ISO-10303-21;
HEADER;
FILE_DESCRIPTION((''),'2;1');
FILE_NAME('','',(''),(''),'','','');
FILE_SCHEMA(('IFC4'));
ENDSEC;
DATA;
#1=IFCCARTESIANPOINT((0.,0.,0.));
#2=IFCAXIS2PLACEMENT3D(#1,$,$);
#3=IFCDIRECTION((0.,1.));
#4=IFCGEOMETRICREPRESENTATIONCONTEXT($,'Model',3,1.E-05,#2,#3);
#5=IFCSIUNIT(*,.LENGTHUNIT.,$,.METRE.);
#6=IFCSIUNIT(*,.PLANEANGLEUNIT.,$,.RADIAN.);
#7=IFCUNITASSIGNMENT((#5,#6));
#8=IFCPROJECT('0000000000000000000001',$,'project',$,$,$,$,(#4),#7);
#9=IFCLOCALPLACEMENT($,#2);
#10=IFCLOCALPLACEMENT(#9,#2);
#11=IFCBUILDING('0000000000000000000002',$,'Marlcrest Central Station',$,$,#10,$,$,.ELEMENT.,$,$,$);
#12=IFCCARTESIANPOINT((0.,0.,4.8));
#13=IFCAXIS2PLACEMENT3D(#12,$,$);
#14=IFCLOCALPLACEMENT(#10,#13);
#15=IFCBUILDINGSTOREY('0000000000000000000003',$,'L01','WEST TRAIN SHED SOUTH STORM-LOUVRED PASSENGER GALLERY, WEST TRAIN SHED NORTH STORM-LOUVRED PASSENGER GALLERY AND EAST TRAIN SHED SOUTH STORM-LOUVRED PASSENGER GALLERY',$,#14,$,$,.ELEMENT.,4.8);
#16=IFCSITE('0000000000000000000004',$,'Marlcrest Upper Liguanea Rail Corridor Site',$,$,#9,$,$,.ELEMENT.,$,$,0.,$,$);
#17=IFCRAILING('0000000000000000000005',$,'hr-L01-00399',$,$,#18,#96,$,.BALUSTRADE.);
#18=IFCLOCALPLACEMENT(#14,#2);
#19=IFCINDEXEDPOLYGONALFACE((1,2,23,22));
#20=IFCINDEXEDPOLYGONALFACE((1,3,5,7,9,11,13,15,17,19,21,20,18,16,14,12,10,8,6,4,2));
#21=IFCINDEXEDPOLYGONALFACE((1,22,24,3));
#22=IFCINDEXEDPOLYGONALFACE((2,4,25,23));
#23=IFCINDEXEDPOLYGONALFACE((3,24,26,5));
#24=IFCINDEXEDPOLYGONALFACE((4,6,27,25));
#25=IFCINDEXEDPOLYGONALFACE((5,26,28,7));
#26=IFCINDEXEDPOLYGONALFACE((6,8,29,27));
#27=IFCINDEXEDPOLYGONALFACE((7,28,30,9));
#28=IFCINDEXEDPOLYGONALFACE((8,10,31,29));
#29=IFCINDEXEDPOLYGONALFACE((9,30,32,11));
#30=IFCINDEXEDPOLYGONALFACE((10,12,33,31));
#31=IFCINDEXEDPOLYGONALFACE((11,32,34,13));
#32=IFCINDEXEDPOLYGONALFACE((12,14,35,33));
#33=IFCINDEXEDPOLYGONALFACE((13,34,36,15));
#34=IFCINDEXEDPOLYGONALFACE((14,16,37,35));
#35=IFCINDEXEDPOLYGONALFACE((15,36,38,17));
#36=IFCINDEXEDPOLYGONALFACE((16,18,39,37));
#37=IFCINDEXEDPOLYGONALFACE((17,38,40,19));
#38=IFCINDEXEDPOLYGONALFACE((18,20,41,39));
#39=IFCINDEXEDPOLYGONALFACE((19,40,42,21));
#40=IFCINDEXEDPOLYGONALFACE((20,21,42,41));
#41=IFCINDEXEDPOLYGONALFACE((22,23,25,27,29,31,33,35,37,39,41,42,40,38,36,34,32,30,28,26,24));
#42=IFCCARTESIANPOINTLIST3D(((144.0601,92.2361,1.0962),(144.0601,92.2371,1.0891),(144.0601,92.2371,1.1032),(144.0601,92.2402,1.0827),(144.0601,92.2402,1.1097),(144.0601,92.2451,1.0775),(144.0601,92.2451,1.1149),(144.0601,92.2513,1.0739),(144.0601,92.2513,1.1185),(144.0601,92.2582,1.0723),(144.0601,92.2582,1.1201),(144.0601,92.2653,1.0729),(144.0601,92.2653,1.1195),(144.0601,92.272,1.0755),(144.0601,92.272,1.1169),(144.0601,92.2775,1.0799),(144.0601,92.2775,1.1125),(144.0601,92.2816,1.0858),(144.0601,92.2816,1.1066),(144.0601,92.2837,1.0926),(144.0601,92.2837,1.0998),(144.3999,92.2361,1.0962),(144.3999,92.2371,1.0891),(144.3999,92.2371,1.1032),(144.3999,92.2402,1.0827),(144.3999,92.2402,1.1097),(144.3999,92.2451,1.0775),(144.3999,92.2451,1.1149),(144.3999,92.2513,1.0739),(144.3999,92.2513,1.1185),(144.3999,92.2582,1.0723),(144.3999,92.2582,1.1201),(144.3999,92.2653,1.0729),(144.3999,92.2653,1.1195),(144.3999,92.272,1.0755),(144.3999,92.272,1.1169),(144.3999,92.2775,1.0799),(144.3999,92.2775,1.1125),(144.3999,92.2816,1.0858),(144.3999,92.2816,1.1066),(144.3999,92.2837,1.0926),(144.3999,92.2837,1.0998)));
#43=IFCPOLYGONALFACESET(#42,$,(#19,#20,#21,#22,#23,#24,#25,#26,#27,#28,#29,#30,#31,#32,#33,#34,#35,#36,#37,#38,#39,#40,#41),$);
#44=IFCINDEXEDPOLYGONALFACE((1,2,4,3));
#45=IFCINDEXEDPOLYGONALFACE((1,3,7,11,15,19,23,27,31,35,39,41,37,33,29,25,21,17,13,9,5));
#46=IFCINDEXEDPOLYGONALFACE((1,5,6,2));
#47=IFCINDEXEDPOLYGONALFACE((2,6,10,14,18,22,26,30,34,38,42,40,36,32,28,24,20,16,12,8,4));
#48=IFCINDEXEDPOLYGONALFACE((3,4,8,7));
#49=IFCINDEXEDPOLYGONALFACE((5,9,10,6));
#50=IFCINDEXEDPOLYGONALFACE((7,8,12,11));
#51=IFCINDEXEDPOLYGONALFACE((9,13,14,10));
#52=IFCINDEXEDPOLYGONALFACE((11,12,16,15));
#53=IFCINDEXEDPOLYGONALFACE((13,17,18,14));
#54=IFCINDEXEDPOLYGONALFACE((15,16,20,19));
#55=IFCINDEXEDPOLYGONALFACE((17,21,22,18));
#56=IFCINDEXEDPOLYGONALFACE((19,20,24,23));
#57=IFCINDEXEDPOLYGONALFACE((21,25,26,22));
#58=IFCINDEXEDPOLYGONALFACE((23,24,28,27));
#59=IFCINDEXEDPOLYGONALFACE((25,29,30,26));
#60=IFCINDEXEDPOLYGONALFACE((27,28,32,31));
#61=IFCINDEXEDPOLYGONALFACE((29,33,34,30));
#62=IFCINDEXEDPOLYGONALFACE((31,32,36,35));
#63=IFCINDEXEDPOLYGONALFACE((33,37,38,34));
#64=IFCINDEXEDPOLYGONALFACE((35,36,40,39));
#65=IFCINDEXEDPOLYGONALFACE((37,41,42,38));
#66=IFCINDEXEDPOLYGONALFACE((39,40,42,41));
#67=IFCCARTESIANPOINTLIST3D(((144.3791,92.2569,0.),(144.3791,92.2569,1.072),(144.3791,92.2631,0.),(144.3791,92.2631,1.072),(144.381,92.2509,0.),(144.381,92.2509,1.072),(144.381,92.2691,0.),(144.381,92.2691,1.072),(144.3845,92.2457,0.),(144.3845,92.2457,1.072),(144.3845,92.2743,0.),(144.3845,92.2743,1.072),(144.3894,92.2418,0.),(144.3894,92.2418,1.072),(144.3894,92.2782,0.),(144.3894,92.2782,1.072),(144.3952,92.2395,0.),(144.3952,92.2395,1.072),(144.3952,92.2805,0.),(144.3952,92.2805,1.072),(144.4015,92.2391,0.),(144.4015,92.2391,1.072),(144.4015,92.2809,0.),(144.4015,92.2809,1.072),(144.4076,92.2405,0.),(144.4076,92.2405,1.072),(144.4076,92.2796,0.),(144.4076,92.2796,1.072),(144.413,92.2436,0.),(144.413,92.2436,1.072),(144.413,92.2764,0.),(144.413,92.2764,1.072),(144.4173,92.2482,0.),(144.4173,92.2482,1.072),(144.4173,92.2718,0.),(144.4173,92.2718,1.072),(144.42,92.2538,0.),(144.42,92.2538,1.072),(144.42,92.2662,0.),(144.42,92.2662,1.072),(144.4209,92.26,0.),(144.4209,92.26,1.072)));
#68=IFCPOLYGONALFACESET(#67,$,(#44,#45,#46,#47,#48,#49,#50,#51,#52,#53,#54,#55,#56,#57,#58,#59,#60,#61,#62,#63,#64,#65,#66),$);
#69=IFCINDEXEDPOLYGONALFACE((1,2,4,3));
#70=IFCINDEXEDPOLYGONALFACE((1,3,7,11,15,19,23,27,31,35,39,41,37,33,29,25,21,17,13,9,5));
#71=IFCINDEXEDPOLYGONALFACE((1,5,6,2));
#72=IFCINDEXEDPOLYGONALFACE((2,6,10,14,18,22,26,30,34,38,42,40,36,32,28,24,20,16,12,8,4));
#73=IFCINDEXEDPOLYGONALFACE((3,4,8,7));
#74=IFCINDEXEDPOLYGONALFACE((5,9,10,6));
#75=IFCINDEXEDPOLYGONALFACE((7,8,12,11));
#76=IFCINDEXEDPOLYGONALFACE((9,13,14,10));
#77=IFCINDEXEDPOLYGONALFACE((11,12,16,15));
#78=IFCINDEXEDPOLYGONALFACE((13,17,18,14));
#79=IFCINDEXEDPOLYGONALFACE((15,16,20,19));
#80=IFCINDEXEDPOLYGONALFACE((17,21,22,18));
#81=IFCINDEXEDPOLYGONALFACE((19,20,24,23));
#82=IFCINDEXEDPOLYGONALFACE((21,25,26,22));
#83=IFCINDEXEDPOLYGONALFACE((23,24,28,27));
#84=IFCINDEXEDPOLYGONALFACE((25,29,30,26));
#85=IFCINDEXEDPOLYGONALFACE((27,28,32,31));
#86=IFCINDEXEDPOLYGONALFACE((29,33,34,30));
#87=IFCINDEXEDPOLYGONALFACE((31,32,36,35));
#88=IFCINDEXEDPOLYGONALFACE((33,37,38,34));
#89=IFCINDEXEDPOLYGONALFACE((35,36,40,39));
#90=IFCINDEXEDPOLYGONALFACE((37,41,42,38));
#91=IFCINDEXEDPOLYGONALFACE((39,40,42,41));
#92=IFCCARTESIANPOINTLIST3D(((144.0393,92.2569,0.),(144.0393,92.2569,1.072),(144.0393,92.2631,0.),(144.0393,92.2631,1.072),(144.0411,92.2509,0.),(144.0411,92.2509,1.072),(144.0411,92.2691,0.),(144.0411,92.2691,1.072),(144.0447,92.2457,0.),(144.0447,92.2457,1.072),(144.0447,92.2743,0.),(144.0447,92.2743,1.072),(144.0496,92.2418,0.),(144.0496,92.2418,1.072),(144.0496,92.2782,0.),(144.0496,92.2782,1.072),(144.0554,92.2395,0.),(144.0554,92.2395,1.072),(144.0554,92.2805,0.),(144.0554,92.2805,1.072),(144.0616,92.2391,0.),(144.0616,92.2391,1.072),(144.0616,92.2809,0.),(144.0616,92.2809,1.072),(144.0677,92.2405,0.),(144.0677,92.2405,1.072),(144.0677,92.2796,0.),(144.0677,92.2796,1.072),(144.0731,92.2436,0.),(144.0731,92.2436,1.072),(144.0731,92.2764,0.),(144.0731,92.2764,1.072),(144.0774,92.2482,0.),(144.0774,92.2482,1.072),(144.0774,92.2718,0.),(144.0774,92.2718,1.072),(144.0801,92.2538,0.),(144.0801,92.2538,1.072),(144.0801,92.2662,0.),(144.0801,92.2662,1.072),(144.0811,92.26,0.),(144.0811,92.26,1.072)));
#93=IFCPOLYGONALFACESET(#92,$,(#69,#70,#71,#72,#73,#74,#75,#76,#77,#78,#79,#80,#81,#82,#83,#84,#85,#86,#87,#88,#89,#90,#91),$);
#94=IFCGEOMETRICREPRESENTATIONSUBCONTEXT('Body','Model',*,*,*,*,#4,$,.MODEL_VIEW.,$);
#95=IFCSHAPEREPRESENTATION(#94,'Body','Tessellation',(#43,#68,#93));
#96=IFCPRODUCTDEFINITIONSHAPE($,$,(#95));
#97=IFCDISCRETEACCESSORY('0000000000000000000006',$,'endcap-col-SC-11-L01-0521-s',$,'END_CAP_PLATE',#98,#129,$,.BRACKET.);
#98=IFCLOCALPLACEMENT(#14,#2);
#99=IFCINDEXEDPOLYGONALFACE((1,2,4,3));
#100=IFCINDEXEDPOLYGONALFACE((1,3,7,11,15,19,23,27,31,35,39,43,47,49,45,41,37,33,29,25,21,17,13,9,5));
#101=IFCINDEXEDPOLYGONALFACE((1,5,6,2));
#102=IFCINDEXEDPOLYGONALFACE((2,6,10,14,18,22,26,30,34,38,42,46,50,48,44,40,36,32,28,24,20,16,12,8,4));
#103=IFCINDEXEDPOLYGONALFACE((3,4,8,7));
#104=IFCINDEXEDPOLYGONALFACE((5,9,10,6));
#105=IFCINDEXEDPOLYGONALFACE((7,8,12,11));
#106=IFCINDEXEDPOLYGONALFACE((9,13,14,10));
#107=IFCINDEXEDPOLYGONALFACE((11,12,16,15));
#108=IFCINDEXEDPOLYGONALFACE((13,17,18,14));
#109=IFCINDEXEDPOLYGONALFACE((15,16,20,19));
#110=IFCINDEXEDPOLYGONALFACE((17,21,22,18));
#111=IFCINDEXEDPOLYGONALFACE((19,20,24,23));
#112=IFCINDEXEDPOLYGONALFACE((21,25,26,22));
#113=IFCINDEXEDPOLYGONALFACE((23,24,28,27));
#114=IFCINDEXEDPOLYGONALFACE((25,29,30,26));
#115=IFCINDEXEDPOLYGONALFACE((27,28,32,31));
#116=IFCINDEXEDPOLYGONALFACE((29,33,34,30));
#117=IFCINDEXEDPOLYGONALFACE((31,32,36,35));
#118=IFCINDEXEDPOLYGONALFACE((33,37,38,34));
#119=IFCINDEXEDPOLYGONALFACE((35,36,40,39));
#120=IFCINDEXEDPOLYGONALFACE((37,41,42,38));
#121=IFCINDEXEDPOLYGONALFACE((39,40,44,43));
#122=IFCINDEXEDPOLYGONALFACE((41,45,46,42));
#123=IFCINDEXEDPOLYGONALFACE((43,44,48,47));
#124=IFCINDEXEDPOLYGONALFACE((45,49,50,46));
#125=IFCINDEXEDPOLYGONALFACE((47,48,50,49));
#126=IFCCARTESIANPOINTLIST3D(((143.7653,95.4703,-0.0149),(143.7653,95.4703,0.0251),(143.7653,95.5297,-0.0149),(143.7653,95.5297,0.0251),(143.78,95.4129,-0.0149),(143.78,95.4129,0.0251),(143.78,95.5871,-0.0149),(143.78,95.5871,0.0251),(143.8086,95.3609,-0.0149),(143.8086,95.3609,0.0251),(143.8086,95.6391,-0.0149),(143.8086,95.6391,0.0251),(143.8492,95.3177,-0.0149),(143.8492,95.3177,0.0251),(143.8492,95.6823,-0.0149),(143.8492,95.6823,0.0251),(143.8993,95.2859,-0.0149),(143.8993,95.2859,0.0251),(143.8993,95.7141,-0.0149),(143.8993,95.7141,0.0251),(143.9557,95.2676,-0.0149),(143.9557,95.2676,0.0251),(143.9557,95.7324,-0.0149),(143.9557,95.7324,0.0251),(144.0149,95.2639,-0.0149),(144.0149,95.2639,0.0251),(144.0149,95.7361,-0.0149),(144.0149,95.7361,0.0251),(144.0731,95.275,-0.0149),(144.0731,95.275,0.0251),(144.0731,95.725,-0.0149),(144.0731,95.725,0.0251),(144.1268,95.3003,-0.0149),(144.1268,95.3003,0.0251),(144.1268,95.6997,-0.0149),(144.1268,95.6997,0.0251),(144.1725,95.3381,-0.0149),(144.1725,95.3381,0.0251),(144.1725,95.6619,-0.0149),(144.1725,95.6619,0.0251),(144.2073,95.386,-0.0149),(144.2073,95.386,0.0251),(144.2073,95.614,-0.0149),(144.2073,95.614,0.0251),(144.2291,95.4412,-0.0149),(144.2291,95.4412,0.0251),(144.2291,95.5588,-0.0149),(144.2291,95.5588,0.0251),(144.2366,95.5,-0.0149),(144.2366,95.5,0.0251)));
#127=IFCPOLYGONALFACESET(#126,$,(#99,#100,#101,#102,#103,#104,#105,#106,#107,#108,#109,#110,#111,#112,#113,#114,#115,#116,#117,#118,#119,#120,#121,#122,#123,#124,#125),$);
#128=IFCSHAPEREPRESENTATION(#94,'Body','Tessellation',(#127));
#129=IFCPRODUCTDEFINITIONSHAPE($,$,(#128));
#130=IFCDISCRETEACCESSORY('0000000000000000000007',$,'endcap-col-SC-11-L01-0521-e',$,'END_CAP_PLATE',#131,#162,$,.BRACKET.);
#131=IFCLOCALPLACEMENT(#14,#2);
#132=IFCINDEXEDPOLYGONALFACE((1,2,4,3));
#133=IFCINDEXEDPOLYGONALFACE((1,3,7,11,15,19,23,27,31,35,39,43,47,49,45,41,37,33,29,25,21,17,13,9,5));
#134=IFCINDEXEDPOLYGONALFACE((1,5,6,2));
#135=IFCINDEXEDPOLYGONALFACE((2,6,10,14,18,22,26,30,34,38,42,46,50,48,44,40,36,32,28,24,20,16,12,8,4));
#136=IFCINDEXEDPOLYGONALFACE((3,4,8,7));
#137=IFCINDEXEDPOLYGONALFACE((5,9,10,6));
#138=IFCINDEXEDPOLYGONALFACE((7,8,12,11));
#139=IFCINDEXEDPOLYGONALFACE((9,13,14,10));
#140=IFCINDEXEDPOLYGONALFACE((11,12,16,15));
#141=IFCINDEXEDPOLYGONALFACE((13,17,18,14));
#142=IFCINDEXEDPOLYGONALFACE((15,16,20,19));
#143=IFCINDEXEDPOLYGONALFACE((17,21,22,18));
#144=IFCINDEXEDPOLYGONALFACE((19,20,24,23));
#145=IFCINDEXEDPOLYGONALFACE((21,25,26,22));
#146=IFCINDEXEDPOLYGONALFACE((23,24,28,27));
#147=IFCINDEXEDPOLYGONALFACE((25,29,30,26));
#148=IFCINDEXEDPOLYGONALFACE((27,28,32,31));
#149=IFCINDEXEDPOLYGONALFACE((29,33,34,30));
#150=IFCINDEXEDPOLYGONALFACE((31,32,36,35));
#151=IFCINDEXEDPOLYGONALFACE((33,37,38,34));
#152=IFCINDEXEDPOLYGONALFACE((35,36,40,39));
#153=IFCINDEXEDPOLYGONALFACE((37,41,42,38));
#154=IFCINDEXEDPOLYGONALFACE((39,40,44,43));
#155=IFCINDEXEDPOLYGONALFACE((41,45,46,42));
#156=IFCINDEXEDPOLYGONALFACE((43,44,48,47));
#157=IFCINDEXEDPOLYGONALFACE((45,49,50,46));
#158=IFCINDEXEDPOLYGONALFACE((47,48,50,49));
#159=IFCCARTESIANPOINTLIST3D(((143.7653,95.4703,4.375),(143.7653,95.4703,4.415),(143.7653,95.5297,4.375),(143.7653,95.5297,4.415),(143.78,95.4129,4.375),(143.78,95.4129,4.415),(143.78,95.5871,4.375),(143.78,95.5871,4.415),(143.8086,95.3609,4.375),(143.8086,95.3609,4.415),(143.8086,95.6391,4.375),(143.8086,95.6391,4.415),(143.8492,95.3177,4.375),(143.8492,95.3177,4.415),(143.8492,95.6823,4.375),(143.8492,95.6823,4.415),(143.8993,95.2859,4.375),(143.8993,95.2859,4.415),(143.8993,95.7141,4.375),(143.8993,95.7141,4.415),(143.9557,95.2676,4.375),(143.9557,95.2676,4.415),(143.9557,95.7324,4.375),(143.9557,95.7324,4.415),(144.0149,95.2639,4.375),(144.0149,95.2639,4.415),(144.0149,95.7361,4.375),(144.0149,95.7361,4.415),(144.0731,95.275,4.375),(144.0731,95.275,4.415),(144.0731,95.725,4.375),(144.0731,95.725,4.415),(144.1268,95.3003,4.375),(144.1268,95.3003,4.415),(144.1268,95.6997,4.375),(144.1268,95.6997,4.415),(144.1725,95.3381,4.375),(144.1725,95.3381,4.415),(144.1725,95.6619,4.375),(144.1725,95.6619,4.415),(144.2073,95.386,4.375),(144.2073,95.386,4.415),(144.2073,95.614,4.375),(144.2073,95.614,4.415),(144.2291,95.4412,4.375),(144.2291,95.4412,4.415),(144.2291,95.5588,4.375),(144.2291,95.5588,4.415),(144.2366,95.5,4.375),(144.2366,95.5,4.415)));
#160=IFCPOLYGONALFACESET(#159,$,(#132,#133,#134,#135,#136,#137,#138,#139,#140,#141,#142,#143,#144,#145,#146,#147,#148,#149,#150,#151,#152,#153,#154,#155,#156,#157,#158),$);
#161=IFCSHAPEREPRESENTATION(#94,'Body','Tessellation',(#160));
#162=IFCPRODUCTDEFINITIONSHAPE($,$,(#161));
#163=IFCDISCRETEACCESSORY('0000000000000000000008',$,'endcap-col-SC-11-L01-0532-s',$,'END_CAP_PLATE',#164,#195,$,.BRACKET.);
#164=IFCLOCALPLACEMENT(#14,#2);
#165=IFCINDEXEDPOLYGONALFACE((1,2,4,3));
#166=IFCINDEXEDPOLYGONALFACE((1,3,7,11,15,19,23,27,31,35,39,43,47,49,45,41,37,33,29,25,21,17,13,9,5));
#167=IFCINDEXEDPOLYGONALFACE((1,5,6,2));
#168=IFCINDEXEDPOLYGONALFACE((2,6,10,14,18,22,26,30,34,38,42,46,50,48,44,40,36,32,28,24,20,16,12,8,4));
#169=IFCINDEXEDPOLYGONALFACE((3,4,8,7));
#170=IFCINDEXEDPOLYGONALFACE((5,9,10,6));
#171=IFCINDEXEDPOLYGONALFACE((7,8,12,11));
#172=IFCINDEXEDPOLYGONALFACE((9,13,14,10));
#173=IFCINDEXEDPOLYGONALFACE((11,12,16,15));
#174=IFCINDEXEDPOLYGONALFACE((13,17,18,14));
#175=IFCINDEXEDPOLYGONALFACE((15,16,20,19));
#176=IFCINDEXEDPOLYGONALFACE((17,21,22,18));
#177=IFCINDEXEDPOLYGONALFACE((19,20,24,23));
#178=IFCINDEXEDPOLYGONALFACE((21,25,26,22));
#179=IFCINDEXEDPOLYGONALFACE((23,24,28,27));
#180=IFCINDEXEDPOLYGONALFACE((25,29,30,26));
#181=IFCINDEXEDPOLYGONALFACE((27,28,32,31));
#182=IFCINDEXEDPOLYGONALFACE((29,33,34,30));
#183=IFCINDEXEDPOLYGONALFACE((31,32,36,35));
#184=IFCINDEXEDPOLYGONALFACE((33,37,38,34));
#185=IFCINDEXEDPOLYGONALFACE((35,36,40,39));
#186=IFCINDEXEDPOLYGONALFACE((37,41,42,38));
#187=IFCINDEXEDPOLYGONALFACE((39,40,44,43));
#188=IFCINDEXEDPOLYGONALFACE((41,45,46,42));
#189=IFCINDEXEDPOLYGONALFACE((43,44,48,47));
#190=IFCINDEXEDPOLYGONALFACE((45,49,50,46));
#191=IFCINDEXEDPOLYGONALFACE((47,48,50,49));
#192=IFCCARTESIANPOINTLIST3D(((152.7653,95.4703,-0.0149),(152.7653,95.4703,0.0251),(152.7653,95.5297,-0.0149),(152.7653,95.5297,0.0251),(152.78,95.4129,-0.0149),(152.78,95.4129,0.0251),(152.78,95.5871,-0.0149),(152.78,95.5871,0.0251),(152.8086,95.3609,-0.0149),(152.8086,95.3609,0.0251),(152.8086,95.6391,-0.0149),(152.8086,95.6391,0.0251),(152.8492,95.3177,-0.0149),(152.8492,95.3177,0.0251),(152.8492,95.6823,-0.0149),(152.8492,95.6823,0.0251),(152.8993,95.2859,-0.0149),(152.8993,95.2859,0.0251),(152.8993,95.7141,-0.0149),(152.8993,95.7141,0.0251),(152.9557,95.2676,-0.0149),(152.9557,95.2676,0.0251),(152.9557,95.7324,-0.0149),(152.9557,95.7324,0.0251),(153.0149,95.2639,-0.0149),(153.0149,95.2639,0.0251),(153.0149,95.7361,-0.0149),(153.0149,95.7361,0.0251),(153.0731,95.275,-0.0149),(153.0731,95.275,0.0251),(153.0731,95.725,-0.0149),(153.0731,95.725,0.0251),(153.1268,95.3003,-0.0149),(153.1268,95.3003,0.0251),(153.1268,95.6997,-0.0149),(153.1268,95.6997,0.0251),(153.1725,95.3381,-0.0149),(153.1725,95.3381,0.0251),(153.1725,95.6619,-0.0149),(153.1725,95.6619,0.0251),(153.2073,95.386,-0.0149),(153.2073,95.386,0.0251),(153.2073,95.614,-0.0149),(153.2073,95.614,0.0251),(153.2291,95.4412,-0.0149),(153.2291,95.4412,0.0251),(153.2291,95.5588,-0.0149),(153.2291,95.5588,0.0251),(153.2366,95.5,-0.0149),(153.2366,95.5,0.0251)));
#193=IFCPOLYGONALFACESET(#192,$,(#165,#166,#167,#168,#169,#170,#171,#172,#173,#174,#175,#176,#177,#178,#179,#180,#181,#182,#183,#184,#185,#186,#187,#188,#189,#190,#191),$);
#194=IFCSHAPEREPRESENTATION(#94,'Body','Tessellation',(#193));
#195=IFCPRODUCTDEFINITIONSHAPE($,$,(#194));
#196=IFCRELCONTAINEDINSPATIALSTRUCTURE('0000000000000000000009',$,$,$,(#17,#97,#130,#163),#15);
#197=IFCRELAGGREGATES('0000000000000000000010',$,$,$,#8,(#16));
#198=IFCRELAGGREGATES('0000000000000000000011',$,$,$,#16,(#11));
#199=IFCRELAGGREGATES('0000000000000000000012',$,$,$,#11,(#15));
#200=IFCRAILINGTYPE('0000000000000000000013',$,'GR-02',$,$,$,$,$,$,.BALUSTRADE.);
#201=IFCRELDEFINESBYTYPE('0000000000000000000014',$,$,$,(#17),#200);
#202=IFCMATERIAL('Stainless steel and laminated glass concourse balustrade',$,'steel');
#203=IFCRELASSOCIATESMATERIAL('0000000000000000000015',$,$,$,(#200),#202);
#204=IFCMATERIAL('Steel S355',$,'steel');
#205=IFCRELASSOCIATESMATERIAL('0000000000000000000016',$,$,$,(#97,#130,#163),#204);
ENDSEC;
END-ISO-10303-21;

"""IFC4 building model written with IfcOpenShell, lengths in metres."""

from ifc_helpers import new_model, si_unit, direction, frame, origin, origin_2d, place, context, subcontext, project, spatial, circle, extrude, material, type_object, element, save


model = new_model("IFC4")

# Units and contexts
model_context = context("Model", 3, precision=1e-05, world=origin(), true_north=direction((0.0, 1.0)))
body_context = subcontext(model_context, "Body", "Model", "MODEL_VIEW")
ifc_project = project(units=[si_unit("LENGTHUNIT", "METRE"), si_unit("PLANEANGLEUNIT", "RADIAN")], contexts=[model_context])

# Site, building, storey
site_placement = place(None, origin())
site = spatial("IfcSite", under=ifc_project, at=site_placement, Name="Marlcrest Upper Liguanea Rail Corridor Site", CompositionType="ELEMENT", RefElevation=0.0)
building_placement = place(site_placement, origin())
building = spatial("IfcBuilding", under=site, at=building_placement, Name="Marlcrest Central Station", CompositionType="ELEMENT")
storey_placement = place(building_placement, frame((0.0, 0.0, 4.8)))
storey = spatial("IfcBuildingStorey", under=building, at=storey_placement, Name="L01", Description="WEST TRAIN SHED SOUTH STORM-LOUVRED PASSENGER GALLERY, WEST TRAIN SHED NORTH STORM-LOUVRED PASSENGER GALLERY AND EAST TRAIN SHED SOUTH STORM-LOUVRED PASSENGER GALLERY", CompositionType="ELEMENT", Elevation=4.8)

# Shared definitions
ifc_material_1 = material(Name="Steel S355", Category="steel")

# Railing
ifc_material_2 = material(Name="Stainless steel and laminated glass concourse balustrade", Category="steel")
railing_type = type_object("IfcRailingType", Name="GR-02", PredefinedType="BALUSTRADE", material=ifc_material_2)
railing_1_placement = place(storey_placement, frame((144.3999, 92.26, 0.0)))
element("IfcRailing", 1, at=railing_1_placement, inside=storey, type_object=railing_type, Name="hr-L01-00399", PredefinedType="BALUSTRADE", context=body_context, shape_type="SweptSolid", body=[
    extrude(circle(Radius=0.0239, at=origin_2d()), frame((0.0, 0.0, 1.0962), z_axis=(-1.0, 0.0, 0.0), x_axis=(0.0, -1.0, 0.0)), (0.0, 0.0, 1.0), 0.3398),
    extrude(circle(Radius=0.021, at=origin_2d()), origin(), (0.0, 0.0, 1.0), 1.072),
    extrude(circle(Radius=0.021, at=origin_2d()), frame((-0.3398, 0.0, 0.0)), (0.0, 0.0, 1.0), 1.072),
])

# Discrete accessories
for number, where, z_axis, x_axis, name in (
    (2, (144.0, 95.5, -0.0149), (0.0, 0.0, 1.0), (1.0, 0.0, 0.0), "endcap-col-SC-11-L01-0521-s"),
    (3, (144.0, 95.5, 4.375), (0.0, 0.0, 1.0), (1.0, 0.0, 0.0), "endcap-col-SC-11-L01-0521-e"),
    (4, (153.0, 95.5, -0.0149), (0.0, 0.0, 1.0), (1.0, 0.0, 0.0), "endcap-col-SC-11-L01-0532-s"),
):
    element("IfcDiscreteAccessory", number, at=place(storey_placement, frame(where, z_axis=z_axis, x_axis=x_axis)), inside=storey, material=ifc_material_1, Name=name, ObjectType="END_CAP_PLATE", PredefinedType="BRACKET", context=body_context, shape_type="SweptSolid", body=[
        extrude(circle(Radius=0.2366, at=origin_2d()), origin(), (0.0, 0.0, 1.0), 0.04),
    ])

save(model, "model.ifc")
